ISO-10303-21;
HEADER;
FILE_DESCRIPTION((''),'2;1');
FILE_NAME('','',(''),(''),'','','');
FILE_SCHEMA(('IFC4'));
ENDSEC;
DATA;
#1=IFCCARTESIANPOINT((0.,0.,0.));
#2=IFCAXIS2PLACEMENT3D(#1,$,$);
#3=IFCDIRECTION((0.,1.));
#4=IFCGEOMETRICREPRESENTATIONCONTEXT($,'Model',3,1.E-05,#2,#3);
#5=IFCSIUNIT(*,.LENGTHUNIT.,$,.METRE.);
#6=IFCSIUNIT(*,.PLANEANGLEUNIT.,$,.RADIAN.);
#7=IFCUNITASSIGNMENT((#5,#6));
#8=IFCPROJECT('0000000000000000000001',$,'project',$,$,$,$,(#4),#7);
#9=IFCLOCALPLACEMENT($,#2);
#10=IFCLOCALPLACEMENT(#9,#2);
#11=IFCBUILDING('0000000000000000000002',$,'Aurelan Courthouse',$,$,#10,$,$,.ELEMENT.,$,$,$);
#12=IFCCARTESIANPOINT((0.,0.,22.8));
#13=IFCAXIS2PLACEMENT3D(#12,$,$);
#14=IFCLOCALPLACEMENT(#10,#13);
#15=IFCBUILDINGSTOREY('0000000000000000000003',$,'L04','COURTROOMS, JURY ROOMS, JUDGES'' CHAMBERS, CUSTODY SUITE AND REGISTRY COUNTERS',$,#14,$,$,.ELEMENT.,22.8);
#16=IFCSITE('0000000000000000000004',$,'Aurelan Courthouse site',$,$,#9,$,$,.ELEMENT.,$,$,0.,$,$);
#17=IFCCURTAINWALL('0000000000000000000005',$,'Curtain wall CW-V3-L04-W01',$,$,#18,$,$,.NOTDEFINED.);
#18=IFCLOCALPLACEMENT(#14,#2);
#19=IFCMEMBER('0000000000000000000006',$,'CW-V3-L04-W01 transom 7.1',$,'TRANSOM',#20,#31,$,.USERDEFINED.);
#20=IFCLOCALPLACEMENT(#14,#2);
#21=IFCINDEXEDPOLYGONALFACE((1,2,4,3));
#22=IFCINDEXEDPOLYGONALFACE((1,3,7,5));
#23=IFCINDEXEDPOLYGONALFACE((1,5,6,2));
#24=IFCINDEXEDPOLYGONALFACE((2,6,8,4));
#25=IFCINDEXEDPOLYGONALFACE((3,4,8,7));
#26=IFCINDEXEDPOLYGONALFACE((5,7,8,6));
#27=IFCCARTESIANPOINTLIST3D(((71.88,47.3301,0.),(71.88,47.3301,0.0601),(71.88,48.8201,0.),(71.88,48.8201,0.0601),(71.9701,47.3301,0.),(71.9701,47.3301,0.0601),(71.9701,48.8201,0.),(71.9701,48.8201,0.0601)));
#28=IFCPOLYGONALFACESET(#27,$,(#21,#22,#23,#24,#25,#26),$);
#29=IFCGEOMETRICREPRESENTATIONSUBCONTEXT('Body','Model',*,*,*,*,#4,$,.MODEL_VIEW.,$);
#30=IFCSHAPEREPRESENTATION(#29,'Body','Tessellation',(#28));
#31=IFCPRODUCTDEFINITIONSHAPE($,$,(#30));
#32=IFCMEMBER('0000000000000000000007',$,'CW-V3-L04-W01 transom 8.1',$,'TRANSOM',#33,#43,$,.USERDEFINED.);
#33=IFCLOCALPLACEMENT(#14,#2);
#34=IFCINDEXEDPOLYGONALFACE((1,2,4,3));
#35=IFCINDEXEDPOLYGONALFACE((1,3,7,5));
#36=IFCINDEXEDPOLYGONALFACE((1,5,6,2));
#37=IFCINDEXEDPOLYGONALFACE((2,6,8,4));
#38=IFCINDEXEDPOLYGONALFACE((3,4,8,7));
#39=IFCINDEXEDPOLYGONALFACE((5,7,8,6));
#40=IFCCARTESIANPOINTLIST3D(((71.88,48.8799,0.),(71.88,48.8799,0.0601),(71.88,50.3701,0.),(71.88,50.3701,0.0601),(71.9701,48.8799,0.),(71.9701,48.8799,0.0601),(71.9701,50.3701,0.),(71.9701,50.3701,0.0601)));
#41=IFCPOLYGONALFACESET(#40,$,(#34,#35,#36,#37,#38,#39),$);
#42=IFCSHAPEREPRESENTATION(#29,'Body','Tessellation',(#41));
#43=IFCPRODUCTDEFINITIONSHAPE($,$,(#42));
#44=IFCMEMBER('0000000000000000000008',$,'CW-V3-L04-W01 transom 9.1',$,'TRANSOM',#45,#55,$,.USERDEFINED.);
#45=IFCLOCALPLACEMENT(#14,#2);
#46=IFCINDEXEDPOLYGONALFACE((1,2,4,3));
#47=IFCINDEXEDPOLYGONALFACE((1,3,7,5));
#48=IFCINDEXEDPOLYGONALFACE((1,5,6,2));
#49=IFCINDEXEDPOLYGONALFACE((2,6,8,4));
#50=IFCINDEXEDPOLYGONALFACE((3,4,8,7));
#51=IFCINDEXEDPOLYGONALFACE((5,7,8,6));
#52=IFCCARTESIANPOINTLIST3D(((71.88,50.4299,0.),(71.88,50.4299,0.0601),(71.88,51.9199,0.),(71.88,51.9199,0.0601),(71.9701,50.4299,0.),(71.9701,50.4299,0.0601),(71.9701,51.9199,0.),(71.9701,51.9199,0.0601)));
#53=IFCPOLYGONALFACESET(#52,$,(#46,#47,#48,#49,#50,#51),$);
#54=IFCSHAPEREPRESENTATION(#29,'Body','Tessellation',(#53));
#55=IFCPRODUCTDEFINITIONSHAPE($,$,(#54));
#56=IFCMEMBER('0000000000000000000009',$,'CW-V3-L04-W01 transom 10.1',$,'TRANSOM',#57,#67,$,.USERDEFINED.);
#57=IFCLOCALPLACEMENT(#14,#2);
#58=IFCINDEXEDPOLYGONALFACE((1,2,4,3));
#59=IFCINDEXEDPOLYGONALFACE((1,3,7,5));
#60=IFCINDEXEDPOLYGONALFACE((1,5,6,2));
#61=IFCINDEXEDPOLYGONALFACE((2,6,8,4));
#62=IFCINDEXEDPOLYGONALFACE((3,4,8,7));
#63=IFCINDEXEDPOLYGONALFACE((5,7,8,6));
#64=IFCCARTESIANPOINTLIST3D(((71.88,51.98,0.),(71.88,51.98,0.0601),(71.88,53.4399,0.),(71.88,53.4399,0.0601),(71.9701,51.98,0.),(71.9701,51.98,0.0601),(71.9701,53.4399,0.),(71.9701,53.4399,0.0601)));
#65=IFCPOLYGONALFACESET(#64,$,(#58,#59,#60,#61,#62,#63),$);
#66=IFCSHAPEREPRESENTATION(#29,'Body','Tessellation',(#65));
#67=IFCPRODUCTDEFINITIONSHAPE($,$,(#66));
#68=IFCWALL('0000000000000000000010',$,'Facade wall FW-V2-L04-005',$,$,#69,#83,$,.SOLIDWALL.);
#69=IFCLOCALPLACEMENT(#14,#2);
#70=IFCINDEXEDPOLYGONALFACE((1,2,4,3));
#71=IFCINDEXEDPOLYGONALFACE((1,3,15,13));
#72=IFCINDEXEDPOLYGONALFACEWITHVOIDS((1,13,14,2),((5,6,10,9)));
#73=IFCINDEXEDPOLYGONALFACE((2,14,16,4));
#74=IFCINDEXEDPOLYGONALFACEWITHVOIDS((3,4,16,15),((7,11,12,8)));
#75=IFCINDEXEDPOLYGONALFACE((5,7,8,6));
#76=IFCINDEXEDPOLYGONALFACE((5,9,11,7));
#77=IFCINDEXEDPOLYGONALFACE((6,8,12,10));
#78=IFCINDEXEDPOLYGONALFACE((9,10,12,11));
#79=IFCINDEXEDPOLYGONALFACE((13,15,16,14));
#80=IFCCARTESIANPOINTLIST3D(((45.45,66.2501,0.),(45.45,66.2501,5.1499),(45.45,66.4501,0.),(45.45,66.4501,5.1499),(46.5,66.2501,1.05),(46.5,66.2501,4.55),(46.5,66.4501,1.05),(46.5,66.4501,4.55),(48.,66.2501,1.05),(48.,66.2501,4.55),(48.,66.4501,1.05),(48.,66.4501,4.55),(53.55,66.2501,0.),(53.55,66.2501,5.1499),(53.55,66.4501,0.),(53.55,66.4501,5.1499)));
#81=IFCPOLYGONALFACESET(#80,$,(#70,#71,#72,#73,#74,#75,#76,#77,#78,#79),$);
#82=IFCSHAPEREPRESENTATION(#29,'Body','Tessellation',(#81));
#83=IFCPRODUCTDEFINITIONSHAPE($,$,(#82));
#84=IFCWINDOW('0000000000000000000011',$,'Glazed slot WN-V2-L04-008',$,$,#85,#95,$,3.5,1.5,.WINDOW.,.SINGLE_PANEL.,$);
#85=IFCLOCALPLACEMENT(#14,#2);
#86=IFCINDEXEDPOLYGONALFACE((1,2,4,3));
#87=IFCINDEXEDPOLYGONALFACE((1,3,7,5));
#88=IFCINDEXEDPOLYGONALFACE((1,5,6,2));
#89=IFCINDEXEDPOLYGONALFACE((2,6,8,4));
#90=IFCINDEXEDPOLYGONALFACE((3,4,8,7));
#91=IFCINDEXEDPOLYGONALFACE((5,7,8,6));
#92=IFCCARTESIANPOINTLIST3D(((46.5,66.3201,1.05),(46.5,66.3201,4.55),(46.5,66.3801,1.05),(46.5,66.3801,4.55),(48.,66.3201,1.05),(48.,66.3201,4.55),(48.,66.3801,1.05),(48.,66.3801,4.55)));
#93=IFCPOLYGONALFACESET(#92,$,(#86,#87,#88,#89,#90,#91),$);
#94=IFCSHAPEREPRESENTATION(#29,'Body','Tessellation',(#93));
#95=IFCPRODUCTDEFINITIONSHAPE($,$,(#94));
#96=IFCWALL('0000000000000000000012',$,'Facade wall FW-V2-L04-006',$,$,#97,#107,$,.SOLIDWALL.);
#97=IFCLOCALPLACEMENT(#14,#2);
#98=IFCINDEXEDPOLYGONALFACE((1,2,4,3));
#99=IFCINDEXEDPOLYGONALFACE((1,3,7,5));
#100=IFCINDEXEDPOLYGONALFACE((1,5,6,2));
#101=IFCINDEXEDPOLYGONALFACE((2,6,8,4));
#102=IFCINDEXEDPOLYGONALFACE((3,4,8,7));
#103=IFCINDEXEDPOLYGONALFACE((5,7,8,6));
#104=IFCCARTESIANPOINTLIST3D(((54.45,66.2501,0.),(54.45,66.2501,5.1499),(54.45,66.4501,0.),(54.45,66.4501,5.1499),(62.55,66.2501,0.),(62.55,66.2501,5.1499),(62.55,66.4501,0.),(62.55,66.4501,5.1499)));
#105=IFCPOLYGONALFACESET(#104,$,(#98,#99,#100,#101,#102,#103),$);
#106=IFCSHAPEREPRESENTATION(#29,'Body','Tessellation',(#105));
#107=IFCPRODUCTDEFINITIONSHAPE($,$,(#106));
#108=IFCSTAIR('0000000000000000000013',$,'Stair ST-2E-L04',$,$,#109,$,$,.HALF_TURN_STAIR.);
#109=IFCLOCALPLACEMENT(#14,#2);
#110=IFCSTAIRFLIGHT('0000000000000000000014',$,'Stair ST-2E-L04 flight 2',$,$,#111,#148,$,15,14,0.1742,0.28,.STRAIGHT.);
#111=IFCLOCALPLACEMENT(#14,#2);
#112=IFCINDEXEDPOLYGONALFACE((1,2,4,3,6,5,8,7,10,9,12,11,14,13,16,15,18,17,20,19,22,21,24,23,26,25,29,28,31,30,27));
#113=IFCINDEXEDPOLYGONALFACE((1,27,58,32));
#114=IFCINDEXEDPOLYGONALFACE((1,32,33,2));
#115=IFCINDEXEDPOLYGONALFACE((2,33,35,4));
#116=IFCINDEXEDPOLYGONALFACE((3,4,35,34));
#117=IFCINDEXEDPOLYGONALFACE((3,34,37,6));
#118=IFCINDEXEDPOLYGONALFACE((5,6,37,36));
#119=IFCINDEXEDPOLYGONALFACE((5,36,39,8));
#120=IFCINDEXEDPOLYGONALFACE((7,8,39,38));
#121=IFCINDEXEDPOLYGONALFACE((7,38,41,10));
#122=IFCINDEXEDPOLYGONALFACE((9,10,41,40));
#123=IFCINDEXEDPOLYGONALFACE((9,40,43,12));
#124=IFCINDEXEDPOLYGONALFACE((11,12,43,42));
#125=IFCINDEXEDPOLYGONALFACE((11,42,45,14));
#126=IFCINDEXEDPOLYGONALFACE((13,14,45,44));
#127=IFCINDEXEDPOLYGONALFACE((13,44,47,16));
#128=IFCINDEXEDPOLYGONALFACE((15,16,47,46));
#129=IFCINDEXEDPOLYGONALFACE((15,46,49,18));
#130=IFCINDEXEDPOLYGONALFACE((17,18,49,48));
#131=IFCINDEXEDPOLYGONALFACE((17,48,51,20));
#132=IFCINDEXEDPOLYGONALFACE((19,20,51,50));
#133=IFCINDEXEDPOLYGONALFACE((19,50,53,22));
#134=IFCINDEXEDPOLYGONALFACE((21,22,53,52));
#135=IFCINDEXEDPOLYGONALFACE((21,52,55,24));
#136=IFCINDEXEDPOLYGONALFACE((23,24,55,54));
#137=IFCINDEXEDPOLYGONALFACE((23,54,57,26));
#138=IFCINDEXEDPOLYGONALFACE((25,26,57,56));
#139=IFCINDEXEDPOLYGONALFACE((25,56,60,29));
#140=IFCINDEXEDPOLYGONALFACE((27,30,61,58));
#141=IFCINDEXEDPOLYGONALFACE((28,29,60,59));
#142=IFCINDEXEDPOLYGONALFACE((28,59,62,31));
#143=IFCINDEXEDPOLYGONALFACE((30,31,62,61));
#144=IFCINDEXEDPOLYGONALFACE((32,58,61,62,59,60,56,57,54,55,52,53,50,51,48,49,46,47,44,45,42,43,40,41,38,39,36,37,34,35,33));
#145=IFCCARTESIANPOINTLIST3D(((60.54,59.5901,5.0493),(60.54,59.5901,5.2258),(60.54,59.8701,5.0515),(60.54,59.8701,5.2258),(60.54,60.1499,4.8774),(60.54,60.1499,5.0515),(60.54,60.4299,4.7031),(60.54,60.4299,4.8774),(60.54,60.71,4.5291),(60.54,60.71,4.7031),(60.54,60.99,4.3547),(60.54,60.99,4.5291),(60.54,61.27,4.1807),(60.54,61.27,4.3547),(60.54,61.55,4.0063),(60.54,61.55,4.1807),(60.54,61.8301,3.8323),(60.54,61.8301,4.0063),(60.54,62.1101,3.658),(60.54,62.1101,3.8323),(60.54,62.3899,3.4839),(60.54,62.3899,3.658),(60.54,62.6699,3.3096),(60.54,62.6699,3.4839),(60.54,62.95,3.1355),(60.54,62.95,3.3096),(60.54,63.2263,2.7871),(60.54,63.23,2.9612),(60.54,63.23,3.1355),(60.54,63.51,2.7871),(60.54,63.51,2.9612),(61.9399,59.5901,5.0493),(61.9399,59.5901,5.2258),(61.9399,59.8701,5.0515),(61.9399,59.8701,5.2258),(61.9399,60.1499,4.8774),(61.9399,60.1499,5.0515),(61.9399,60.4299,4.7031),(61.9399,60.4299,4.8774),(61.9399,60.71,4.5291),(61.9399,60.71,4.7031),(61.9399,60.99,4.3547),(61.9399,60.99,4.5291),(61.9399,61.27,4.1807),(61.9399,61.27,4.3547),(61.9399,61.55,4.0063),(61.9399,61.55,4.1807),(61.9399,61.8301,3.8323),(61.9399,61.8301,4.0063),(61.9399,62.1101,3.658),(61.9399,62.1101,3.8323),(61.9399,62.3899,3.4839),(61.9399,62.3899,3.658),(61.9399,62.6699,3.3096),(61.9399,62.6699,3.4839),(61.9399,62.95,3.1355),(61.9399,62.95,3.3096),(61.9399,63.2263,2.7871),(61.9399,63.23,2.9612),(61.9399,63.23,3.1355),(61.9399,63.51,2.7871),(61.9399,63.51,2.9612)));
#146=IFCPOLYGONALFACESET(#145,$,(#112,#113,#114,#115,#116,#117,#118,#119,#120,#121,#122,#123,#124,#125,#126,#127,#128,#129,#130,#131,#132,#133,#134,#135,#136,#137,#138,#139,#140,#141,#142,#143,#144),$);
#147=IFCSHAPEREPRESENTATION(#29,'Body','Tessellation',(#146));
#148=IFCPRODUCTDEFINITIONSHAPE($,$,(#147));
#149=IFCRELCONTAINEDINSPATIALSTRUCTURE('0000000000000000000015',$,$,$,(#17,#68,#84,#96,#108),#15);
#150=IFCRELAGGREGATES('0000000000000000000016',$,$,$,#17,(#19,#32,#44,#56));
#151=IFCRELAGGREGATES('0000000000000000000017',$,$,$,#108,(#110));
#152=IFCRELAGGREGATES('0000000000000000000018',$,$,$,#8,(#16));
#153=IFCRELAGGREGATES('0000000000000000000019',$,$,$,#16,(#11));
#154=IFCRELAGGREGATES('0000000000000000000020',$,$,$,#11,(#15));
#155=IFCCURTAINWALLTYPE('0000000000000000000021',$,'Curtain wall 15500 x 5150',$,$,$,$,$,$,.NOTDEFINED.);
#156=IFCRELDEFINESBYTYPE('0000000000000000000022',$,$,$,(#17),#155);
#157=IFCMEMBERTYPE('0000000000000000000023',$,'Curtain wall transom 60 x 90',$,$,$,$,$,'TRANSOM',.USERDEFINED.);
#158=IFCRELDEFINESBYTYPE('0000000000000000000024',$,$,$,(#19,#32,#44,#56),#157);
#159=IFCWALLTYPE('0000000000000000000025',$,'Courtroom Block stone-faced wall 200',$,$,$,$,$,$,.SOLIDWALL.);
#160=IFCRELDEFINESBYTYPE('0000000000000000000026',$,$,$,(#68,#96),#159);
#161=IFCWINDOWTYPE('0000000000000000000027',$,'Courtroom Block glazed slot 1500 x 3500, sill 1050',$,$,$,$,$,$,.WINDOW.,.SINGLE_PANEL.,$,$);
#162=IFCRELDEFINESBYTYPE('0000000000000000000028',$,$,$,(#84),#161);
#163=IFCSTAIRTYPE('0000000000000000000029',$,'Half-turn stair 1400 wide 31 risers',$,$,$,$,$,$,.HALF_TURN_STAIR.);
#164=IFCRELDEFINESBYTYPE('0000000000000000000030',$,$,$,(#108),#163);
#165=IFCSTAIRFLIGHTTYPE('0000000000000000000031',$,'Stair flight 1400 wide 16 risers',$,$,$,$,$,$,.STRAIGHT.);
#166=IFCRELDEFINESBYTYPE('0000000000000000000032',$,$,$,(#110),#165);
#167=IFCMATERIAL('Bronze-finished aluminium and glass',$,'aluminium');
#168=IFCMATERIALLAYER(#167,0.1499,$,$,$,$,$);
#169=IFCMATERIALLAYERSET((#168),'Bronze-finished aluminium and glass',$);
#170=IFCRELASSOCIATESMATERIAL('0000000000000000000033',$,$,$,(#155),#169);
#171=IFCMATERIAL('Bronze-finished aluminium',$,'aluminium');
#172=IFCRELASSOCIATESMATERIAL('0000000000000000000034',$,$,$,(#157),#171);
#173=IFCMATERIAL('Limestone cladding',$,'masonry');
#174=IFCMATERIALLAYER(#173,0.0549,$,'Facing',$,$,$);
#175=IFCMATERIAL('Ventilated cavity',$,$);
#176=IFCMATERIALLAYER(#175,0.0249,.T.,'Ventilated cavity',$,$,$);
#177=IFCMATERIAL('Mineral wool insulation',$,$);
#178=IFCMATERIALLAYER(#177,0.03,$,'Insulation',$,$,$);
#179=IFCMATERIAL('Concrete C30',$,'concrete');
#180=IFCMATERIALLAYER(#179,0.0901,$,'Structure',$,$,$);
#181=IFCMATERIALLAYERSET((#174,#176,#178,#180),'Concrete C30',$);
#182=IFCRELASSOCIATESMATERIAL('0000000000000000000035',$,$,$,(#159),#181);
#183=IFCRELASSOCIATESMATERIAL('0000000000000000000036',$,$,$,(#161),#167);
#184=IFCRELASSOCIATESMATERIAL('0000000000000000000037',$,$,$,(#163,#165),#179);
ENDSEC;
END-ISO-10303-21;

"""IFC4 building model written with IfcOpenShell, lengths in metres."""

from ifc_helpers import new_model, si_unit, direction, frame, frame_2d, origin, origin_2d, place, context, subcontext, project, spatial, polyline, rectangle, outline, extrude, material, layer, layer_set, material_profile, profile_set, type_object, element, fill, aggregate, save


model = new_model("IFC4")

# Units and contexts
model_context = context("Model", 3, precision=1e-05, world=origin(), true_north=direction((0.0, 1.0)))
body_context = subcontext(model_context, "Body", "Model", "MODEL_VIEW")
ifc_project = project(units=[si_unit("LENGTHUNIT", "METRE"), si_unit("PLANEANGLEUNIT", "RADIAN")], contexts=[model_context])

# Site, building, storey
site_placement = place(None, origin())
site = spatial("IfcSite", under=ifc_project, at=site_placement, Name="Aurelan Courthouse site", CompositionType="ELEMENT", RefElevation=0.0)
building_placement = place(site_placement, origin())
building = spatial("IfcBuilding", under=site, at=building_placement, Name="Aurelan Courthouse", CompositionType="ELEMENT")
storey_placement = place(building_placement, frame((0.0, 0.0, 22.8)))
storey = spatial("IfcBuildingStorey", under=building, at=storey_placement, Name="L04", Description="COURTROOMS, JURY ROOMS, JUDGES' CHAMBERS, CUSTODY SUITE AND REGISTRY COUNTERS", CompositionType="ELEMENT", Elevation=22.8)

# Curtain wall, members
ifc_material_1 = material(Name="Bronze-finished aluminium and glass", Category="aluminium")
ifc_layer_1 = layer(ifc_material_1, 0.1499)
ifc_layer_set_1 = layer_set([ifc_layer_1], Name="Bronze-finished aluminium and glass")
curtain_wall_type = type_object("IfcCurtainWallType", Name="Curtain wall 15500 x 5150", PredefinedType="NOTDEFINED", material=ifc_layer_set_1)
curtain_wall_placement = place(storey_placement, origin())
curtain_wall = element("IfcCurtainWall", 1, at=curtain_wall_placement, inside=storey, type_object=curtain_wall_type, Name="Curtain wall CW-V3-L04-W01", PredefinedType="NOTDEFINED")
ifc_material_2 = material(Name="Bronze-finished aluminium", Category="aluminium")
ifc_material_profile = material_profile(ifc_material_2, rectangle(XDim=0.0901, YDim=0.0601, at=origin_2d()), Name="Bronze transom 60 x 90")
ifc_profile_set = profile_set([ifc_material_profile], Name="Bronze-finished aluminium")
member_type = type_object("IfcMemberType", Name="Curtain wall transom 60 x 90", ElementType="TRANSOM", PredefinedType="USERDEFINED", material=ifc_profile_set)
member_1_placement = place(storey_placement, frame((71.925, 47.3301, 0.03), z_axis=(0.0, 1.0, 0.0), x_axis=(-1.0, 0.0, 0.0)))
member_1 = element("IfcMember", 2, at=member_1_placement, type_object=member_type, Name="CW-V3-L04-W01 transom 7.1", ObjectType="TRANSOM", PredefinedType="USERDEFINED", context=body_context, shape_type="SweptSolid", body=[
    extrude(rectangle(XDim=0.0901, YDim=0.0601, at=origin_2d()), origin(), (0.0, 0.0, 1.0), 1.49),
])
member_2_placement = place(storey_placement, frame((71.925, 48.8799, 0.03), z_axis=(0.0, 1.0, 0.0), x_axis=(-1.0, 0.0, 0.0)))
member_2 = element("IfcMember", 3, at=member_2_placement, type_object=member_type, Name="CW-V3-L04-W01 transom 8.1", ObjectType="TRANSOM", PredefinedType="USERDEFINED", context=body_context, shape_type="SweptSolid", body=[
    extrude(rectangle(XDim=0.0901, YDim=0.0601, at=origin_2d()), origin(), (0.0, 0.0, 1.0), 1.4902),
])
member_3_placement = place(storey_placement, frame((71.925, 50.4299, 0.03), z_axis=(0.0, 1.0, 0.0), x_axis=(-1.0, 0.0, 0.0)))
member_3 = element("IfcMember", 4, at=member_3_placement, type_object=member_type, Name="CW-V3-L04-W01 transom 9.1", ObjectType="TRANSOM", PredefinedType="USERDEFINED", context=body_context, shape_type="SweptSolid", body=[
    extrude(rectangle(XDim=0.0901, YDim=0.0601, at=origin_2d()), origin(), (0.0, 0.0, 1.0), 1.49),
])
member_4_placement = place(storey_placement, frame((71.925, 51.98, 0.03), z_axis=(0.0, 1.0, 0.0), x_axis=(-1.0, 0.0, 0.0)))
member_4 = element("IfcMember", 5, at=member_4_placement, type_object=member_type, Name="CW-V3-L04-W01 transom 10.1", ObjectType="TRANSOM", PredefinedType="USERDEFINED", context=body_context, shape_type="SweptSolid", body=[
    extrude(rectangle(XDim=0.0901, YDim=0.0601, at=origin_2d()), origin(), (0.0, 0.0, 1.0), 1.46),
])
aggregate(curtain_wall, [member_1, member_2, member_3, member_4])

# Wall, opening, window
ifc_material_3 = material(Name="Limestone cladding", Category="masonry")
ifc_layer_2 = layer(ifc_material_3, 0.0549, Name="Facing")
ifc_material_4 = material(Name="Ventilated cavity")
ifc_layer_3 = layer(ifc_material_4, 0.0249, ventilated=True, Name="Ventilated cavity")
ifc_material_5 = material(Name="Mineral wool insulation")
ifc_layer_4 = layer(ifc_material_5, 0.03, Name="Insulation")
ifc_material_6 = material(Name="Concrete C30", Category="concrete")
ifc_layer_5 = layer(ifc_material_6, 0.0901, Name="Structure")
ifc_layer_set_2 = layer_set([ifc_layer_2, ifc_layer_3, ifc_layer_4, ifc_layer_5], Name="Concrete C30")
wall_type = type_object("IfcWallType", Name="Courtroom Block stone-faced wall 200", PredefinedType="SOLIDWALL", material=ifc_layer_set_2)
wall_1_placement = place(storey_placement, frame((45.45, 66.3501, 0.0), z_axis=(0.0, 0.0, 1.0), x_axis=(1.0, 0.0, 0.0)))
wall_1 = element("IfcWall", 6, at=wall_1_placement, inside=storey, type_object=wall_type, Name="Facade wall FW-V2-L04-005", PredefinedType="SOLIDWALL", context=body_context, shape_type="SweptSolid", body=[
    extrude(rectangle(XDim=8.1001, YDim=0.2, at=frame_2d((4.05, 0.0))), origin(), (0.0, 0.0, 1.0), 5.1499),
])
opening_placement = place(wall_1_placement, frame((1.05, 0.0, 1.05)))
opening = element("IfcOpeningElement", 7, at=opening_placement, cuts=wall_1, PredefinedType="OPENING", context=body_context, shape_type="SweptSolid", body=[
    extrude(rectangle(XDim=1.5, YDim=3.5, at=frame_2d((0.75, 1.75))), frame((0.0, 0.1099, 0.0), z_axis=(0.0, -1.0, 0.0), x_axis=(1.0, 0.0, 0.0)), (0.0, 0.0, 1.0), 0.22),
])
window_type = type_object("IfcWindowType", Name="Courtroom Block glazed slot 1500 x 3500, sill 1050", PartitioningType="SINGLE_PANEL", PredefinedType="WINDOW", material=ifc_material_1)
window_placement = place(opening_placement, origin())
window = element("IfcWindow", 8, at=window_placement, inside=storey, type_object=window_type, Name="Glazed slot WN-V2-L04-008", OverallHeight=3.5, OverallWidth=1.5, PartitioningType="SINGLE_PANEL", PredefinedType="WINDOW", context=body_context, shape_type="SweptSolid", body=[
    extrude(rectangle(XDim=1.5, YDim=3.5, at=frame_2d((0.75, 1.75))), frame((0.0, 0.03, 0.0), z_axis=(0.0, -1.0, 0.0), x_axis=(1.0, 0.0, 0.0)), (0.0, 0.0, 1.0), 0.0601),
])
fill(opening, window)

# Wall
wall_2_placement = place(storey_placement, frame((54.45, 66.3501, 0.0), z_axis=(0.0, 0.0, 1.0), x_axis=(1.0, 0.0, 0.0)))
element("IfcWall", 9, at=wall_2_placement, inside=storey, type_object=wall_type, Name="Facade wall FW-V2-L04-006", PredefinedType="SOLIDWALL", context=body_context, shape_type="SweptSolid", body=[
    extrude(rectangle(XDim=8.1001, YDim=0.2, at=frame_2d((4.05, 0.0))), origin(), (0.0, 0.0, 1.0), 5.1499),
])

# Stair, stair flight
stair_type_1 = type_object("IfcStairType", Name="Half-turn stair 1400 wide 31 risers", PredefinedType="HALF_TURN_STAIR", material=ifc_material_6)
stair_1_placement = place(storey_placement, origin())
stair_1 = element("IfcStair", 10, at=stair_1_placement, inside=storey, type_object=stair_type_1, Name="Stair ST-2E-L04", PredefinedType="HALF_TURN_STAIR")
stair_flight_type_1 = type_object("IfcStairFlightType", Name="Stair flight 1400 wide 16 risers", PredefinedType="STRAIGHT", material=ifc_material_6)
stair_flight_1_placement = place(storey_placement, frame((61.24, 63.51, 2.7871), z_axis=(0.0, 0.0, 1.0), x_axis=(0.0, -1.0, 0.0)))
stair_flight_1 = element("IfcStairFlight", 11, at=stair_flight_1_placement, type_object=stair_flight_type_1, Name="Stair ST-2E-L04 flight 2", NumberOfRisers=15, NumberOfTreads=14, PredefinedType="STRAIGHT", RiserHeight=0.1742, TreadLength=0.28, context=body_context, shape_type="SweptSolid", body=[
    extrude(outline(polyline([(0.0, 0.0), (0.0, 0.1741), (0.28, 0.1741), (0.28, 0.3484), (0.5601, 0.3484), (0.5601, 0.5225), (0.8401, 0.5225), (0.8401, 0.6968), (1.1201, 0.6968), (1.1201, 0.8708), (1.3999, 0.8708), (1.3999, 1.0452), (1.6799, 1.0452), (1.6799, 1.2192), (1.96, 1.2192), (1.96, 1.3936), (2.24, 1.3936), (2.24, 1.5676), (2.52, 1.5676), (2.52, 1.7419), (2.8, 1.7419), (2.8, 1.916), (3.0801, 1.916), (3.0801, 2.0903), (3.3601, 2.0903), (3.3601, 2.2644), (3.6399, 2.2644), (3.6399, 2.4387), (3.9199, 2.4387), (3.9199, 2.6128), (3.9199, 2.2622), (0.2837, 0.0), (0.0, 0.0)])), frame((0.0, 0.7, 0.0), z_axis=(0.0, -1.0, 0.0), x_axis=(1.0, 0.0, 0.0)), (0.0, 0.0, 1.0), 1.3999),
])
aggregate(stair_1, [stair_flight_1])

save(model, "model.ifc")
